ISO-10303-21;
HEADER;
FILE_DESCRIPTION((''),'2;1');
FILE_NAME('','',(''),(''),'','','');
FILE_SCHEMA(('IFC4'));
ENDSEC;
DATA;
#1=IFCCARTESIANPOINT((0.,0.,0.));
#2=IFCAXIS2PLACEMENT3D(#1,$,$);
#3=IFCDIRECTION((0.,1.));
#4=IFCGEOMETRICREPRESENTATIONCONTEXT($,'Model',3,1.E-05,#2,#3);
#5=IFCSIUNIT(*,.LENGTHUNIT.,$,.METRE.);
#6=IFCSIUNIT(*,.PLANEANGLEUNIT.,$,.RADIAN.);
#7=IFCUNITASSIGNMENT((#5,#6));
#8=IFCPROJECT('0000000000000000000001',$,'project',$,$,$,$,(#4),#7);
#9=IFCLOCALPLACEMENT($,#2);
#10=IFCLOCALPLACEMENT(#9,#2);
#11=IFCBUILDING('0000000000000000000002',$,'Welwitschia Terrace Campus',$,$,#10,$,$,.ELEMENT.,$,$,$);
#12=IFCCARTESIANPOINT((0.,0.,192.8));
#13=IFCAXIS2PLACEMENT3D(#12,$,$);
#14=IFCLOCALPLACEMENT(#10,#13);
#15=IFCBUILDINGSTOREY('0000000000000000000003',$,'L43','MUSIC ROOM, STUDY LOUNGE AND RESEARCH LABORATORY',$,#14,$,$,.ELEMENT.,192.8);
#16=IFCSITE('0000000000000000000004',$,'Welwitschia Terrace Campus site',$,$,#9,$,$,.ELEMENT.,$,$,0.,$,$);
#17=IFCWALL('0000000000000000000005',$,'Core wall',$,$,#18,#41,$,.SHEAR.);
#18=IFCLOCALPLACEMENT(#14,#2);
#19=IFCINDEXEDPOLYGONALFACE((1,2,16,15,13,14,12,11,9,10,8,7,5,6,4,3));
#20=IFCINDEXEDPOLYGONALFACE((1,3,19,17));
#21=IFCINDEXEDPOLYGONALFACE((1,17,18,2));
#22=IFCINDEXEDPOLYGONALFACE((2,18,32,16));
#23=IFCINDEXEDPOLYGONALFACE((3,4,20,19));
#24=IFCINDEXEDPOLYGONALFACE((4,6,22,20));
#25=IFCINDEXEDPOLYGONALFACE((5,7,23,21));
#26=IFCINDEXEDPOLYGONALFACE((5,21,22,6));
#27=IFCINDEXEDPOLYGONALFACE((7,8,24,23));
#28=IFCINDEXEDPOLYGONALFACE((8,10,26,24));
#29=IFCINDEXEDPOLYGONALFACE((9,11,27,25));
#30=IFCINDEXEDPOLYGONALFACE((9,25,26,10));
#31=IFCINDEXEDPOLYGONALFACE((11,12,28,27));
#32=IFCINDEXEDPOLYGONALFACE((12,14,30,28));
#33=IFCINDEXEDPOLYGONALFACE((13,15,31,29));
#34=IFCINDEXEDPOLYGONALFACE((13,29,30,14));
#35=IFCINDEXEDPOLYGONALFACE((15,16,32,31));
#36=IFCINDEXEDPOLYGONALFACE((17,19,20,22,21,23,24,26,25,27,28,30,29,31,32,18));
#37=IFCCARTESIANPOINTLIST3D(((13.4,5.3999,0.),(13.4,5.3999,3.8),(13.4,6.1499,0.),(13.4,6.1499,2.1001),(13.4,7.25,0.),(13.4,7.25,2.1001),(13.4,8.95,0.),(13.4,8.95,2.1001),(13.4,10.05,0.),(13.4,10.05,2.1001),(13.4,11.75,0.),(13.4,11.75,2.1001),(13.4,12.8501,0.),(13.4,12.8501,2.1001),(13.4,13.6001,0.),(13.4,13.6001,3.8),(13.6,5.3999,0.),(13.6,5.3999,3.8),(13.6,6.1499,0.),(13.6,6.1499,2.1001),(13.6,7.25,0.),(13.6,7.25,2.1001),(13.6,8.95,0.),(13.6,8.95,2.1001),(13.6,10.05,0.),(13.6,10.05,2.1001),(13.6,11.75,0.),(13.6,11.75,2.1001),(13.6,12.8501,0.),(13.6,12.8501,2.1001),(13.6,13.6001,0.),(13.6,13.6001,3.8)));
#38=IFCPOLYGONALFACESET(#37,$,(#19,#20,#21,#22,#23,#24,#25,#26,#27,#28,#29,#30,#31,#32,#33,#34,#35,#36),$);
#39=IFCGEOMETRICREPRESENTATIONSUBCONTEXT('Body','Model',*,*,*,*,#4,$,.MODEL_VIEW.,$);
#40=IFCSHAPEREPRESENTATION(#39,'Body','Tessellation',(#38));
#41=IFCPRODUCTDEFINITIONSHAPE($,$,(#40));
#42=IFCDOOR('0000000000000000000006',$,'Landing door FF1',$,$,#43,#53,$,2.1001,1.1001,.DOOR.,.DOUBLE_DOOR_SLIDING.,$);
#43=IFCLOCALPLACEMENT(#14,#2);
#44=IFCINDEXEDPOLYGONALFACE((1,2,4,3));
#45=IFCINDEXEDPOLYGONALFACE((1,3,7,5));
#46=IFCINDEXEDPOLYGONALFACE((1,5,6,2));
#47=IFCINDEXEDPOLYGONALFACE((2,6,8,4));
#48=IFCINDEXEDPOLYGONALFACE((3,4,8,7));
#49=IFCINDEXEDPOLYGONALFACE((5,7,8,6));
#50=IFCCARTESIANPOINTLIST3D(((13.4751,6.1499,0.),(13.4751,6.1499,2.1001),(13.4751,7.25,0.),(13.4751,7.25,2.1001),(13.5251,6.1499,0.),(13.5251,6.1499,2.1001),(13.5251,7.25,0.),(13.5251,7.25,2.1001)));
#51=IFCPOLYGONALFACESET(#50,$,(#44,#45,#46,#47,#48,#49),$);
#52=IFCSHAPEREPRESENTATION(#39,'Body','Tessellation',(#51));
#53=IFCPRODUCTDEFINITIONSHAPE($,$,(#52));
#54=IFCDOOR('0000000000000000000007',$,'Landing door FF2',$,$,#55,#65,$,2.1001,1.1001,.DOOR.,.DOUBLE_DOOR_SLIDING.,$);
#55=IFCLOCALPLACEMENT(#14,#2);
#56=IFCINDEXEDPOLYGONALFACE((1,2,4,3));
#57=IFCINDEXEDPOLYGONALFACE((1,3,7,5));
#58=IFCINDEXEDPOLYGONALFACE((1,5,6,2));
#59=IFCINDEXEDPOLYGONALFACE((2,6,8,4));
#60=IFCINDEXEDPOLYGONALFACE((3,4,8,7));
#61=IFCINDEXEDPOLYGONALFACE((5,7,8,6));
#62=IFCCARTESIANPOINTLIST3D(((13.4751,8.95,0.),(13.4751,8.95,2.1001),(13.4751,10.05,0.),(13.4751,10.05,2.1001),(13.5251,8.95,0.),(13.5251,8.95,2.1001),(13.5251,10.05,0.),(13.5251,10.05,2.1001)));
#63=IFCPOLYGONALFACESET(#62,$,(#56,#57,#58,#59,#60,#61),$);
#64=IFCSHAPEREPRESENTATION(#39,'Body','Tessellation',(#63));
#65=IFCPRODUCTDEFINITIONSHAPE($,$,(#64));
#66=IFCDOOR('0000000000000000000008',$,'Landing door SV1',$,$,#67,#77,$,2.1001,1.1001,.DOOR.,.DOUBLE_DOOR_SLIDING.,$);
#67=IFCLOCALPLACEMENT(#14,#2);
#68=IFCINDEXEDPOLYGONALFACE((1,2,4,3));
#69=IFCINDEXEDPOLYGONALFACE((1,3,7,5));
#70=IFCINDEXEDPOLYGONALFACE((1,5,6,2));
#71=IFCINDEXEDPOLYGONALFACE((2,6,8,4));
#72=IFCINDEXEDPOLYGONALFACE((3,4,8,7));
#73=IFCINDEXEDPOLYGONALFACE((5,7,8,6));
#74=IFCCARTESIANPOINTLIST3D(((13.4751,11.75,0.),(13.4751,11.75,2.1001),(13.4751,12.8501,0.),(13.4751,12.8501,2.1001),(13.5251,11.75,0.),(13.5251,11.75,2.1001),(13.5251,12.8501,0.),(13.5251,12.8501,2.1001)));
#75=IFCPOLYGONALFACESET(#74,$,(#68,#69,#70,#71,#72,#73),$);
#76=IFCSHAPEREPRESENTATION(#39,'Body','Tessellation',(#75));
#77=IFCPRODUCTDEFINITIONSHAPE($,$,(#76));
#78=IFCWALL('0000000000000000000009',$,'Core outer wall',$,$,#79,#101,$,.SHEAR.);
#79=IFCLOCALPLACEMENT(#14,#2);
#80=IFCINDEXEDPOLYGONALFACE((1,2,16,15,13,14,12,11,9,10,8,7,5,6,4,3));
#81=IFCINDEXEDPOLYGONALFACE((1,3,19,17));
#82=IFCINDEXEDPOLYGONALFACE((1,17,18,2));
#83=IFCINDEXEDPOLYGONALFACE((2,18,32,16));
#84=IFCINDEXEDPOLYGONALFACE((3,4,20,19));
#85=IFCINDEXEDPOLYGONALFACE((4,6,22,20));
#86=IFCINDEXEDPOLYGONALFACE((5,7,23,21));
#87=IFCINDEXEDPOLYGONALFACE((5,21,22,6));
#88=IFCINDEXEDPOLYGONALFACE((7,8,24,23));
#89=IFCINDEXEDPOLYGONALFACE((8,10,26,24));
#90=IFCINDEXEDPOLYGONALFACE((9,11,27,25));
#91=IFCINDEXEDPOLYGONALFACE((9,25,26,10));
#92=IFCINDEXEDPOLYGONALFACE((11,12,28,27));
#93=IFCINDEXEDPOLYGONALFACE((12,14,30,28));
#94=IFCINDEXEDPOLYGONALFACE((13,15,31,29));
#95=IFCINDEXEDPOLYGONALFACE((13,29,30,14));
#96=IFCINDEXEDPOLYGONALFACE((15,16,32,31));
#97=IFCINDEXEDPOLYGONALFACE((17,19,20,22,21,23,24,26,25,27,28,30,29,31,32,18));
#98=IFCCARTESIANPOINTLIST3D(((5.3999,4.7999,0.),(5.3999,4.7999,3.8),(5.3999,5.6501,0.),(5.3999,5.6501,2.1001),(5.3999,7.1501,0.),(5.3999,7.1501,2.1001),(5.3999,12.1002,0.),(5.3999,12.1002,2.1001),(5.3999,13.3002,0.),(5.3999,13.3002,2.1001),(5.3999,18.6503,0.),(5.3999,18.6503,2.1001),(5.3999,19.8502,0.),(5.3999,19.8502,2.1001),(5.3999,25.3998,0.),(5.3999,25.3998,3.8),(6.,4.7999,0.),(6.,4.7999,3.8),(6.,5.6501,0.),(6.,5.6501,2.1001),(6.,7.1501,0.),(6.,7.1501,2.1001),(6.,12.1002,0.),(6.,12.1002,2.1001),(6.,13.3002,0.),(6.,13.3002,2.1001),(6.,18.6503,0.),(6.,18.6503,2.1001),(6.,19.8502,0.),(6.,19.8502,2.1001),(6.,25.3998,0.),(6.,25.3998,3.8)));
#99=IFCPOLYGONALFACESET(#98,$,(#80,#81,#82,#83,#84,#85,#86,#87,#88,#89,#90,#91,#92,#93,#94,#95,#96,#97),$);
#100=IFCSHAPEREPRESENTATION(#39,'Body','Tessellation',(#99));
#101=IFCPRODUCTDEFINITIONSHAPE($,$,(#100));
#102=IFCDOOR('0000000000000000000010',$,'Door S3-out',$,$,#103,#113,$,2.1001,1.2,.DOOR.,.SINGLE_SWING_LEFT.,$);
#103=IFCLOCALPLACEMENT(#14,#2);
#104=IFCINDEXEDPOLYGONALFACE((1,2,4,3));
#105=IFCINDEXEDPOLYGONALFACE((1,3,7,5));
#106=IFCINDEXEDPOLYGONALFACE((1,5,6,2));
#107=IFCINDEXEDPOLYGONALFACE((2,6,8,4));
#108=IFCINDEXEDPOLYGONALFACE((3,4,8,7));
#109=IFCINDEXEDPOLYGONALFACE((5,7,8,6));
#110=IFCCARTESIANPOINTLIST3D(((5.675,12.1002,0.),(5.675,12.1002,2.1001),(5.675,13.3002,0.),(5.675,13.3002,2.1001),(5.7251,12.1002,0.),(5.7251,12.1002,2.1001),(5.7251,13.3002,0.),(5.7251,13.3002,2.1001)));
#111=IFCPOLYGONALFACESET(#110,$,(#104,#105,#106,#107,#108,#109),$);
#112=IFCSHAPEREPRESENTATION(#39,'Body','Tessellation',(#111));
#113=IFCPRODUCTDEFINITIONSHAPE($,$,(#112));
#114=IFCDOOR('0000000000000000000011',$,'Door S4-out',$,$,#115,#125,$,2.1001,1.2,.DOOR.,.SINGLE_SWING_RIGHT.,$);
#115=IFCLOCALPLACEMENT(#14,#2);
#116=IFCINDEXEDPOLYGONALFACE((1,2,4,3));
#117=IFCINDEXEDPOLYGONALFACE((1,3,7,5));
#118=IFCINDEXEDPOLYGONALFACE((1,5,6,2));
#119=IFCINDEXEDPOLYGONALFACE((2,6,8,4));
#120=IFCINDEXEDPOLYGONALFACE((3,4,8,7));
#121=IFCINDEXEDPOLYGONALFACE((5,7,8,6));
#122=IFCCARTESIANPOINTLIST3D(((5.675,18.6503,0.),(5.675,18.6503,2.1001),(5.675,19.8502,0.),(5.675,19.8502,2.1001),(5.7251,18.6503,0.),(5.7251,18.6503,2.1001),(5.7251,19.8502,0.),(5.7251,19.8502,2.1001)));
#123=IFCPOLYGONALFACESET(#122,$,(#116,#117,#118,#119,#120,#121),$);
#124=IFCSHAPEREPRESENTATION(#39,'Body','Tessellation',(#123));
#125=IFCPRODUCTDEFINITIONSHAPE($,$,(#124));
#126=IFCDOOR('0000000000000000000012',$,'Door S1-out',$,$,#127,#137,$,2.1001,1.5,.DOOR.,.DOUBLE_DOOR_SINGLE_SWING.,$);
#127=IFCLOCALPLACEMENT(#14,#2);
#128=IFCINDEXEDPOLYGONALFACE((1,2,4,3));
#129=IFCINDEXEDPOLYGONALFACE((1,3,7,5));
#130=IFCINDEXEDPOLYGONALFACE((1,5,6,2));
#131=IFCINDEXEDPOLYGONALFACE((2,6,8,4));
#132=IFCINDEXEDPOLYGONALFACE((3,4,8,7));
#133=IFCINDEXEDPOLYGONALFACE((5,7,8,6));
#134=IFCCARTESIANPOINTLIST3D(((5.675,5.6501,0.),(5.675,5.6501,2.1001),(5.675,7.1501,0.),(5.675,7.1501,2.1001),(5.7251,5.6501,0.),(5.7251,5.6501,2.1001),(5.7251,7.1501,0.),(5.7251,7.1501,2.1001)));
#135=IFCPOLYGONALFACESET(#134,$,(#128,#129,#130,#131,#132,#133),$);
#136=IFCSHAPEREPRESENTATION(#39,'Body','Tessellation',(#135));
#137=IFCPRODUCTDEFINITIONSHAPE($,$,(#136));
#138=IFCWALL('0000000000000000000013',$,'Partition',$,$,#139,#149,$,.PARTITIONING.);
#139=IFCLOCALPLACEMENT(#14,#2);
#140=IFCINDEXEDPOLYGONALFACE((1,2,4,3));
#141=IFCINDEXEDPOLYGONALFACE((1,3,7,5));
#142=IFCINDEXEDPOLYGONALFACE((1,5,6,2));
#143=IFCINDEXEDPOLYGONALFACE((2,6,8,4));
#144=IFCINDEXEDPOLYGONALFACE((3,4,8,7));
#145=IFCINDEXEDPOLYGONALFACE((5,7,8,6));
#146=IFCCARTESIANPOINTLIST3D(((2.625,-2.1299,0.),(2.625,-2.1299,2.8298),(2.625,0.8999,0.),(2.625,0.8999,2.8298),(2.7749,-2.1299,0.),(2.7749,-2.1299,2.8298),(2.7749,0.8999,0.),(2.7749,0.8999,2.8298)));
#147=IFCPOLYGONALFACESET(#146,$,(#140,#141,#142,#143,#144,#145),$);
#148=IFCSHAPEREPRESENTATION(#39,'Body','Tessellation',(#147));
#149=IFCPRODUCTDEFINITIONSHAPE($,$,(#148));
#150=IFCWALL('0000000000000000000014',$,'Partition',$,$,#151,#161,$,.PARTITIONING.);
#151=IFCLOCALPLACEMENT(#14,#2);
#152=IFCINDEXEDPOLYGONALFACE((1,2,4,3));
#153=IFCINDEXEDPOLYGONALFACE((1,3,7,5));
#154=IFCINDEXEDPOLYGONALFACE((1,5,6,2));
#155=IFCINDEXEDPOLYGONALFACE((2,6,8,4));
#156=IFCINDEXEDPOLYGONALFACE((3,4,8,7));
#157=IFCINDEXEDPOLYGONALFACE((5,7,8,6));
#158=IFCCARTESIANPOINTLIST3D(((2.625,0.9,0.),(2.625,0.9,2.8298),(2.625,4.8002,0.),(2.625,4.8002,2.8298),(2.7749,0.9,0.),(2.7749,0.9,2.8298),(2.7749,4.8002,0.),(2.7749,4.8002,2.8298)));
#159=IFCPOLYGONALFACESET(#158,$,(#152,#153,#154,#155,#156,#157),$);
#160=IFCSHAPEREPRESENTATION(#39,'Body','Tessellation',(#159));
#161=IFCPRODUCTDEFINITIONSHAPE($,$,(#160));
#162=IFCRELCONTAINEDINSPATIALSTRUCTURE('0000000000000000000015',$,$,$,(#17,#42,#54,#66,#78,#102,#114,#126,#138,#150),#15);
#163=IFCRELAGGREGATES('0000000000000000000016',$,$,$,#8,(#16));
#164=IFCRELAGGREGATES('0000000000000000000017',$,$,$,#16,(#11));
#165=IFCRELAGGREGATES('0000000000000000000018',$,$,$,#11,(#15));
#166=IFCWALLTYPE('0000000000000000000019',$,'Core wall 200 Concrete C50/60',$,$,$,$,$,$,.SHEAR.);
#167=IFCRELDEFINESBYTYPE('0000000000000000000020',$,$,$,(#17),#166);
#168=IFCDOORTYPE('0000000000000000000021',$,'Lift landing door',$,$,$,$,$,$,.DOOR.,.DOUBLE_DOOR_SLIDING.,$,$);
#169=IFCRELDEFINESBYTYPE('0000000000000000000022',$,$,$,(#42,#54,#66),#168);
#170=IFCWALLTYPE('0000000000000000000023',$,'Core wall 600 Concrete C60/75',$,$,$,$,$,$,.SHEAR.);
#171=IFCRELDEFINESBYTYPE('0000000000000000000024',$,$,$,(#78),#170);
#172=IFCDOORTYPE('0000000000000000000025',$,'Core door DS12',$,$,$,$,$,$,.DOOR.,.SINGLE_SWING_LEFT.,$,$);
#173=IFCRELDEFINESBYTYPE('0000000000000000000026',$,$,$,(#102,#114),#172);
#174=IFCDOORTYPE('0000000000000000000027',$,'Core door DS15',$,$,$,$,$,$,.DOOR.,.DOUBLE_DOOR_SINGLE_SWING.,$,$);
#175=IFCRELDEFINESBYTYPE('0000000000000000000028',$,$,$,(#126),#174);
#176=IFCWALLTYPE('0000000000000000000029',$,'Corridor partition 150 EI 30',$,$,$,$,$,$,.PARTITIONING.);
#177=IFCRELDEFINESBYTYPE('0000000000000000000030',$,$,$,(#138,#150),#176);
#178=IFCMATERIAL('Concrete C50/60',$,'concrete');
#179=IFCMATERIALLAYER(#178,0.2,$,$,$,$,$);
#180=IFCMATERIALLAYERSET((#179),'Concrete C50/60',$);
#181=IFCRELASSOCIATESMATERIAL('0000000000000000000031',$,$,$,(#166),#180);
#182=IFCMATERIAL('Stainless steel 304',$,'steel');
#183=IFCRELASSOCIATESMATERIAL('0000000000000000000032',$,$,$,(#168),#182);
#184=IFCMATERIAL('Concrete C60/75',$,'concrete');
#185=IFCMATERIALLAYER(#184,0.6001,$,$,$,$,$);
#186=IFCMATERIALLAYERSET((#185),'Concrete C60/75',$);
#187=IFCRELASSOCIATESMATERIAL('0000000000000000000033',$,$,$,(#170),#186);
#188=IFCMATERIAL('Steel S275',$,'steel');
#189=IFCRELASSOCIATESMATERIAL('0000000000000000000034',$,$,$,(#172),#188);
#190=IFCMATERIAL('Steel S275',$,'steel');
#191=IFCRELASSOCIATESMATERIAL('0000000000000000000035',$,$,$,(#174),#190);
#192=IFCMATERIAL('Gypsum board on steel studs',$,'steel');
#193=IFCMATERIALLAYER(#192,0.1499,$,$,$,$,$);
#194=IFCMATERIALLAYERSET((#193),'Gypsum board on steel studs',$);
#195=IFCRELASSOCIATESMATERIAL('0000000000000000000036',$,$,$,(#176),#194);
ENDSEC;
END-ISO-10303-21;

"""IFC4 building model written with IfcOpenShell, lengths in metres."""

from ifc_helpers import new_model, si_unit, direction, frame, frame_2d, origin, place, context, subcontext, project, spatial, rectangle, extrude, material, layer, layer_set, type_object, element, fill, save


model = new_model("IFC4")

# Units and contexts
model_context = context("Model", 3, precision=1e-05, world=origin(), true_north=direction((0.0, 1.0)))
body_context = subcontext(model_context, "Body", "Model", "MODEL_VIEW")
ifc_project = project(units=[si_unit("LENGTHUNIT", "METRE"), si_unit("PLANEANGLEUNIT", "RADIAN")], contexts=[model_context])

# Site, building, storey
site_placement = place(None, origin())
site = spatial("IfcSite", under=ifc_project, at=site_placement, Name="Welwitschia Terrace Campus site", CompositionType="ELEMENT", RefElevation=0.0)
building_placement = place(site_placement, origin())
building = spatial("IfcBuilding", under=site, at=building_placement, Name="Welwitschia Terrace Campus", CompositionType="ELEMENT")
storey_placement = place(building_placement, frame((0.0, 0.0, 192.8)))
storey = spatial("IfcBuildingStorey", under=building, at=storey_placement, Name="L43", Description="MUSIC ROOM, STUDY LOUNGE AND RESEARCH LABORATORY", CompositionType="ELEMENT", Elevation=192.8)

# Walls, openings, doors
ifc_material_1 = material(Name="Concrete C50/60", Category="concrete")
ifc_layer_1 = layer(ifc_material_1, 0.2)
ifc_layer_set_1 = layer_set([ifc_layer_1], Name="Concrete C50/60")
wall_type_1 = type_object("IfcWallType", Name="Core wall 200 Concrete C50/60", PredefinedType="SHEAR", material=ifc_layer_set_1)
wall_1_placement = place(storey_placement, frame((13.5, 5.3999, 0.0), z_axis=(0.0, 0.0, 1.0), x_axis=(0.0, 1.0, 0.0)))
wall_1 = element("IfcWall", 1, at=wall_1_placement, inside=storey, type_object=wall_type_1, Name="Core wall", PredefinedType="SHEAR", context=body_context, shape_type="SweptSolid", body=[
    extrude(rectangle(XDim=8.2002, YDim=0.2, at=frame_2d((4.1001, 0.0))), origin(), (0.0, 0.0, 1.0), 3.8),
])
opening_1_placement = place(wall_1_placement, frame((0.75, 0.0, 0.0)))
opening_1 = element("IfcOpeningElement", 2, at=opening_1_placement, cuts=wall_1, PredefinedType="OPENING", context=body_context, shape_type="SweptSolid", body=[
    extrude(rectangle(XDim=1.1001, YDim=2.1001, at=frame_2d((0.55, 1.05))), frame((0.0, 0.1099, 0.0), z_axis=(0.0, -1.0, 0.0), x_axis=(1.0, 0.0, 0.0)), (0.0, 0.0, 1.0), 0.22),
])
opening_2_placement = place(wall_1_placement, frame((3.55, 0.0, 0.0)))
opening_2 = element("IfcOpeningElement", 3, at=opening_2_placement, cuts=wall_1, PredefinedType="OPENING", context=body_context, shape_type="SweptSolid", body=[
    extrude(rectangle(XDim=1.1001, YDim=2.1001, at=frame_2d((0.55, 1.05))), frame((0.0, 0.1099, 0.0), z_axis=(0.0, -1.0, 0.0), x_axis=(1.0, 0.0, 0.0)), (0.0, 0.0, 1.0), 0.22),
])
opening_3_placement = place(wall_1_placement, frame((6.3501, 0.0, 0.0)))
opening_3 = element("IfcOpeningElement", 4, at=opening_3_placement, cuts=wall_1, PredefinedType="OPENING", context=body_context, shape_type="SweptSolid", body=[
    extrude(rectangle(XDim=1.1001, YDim=2.1001, at=frame_2d((0.55, 1.05))), frame((0.0, 0.1099, 0.0), z_axis=(0.0, -1.0, 0.0), x_axis=(1.0, 0.0, 0.0)), (0.0, 0.0, 1.0), 0.22),
])
ifc_material_2 = material(Name="Stainless steel 304", Category="steel")
door_type_1 = type_object("IfcDoorType", Name="Lift landing door", OperationType="DOUBLE_DOOR_SLIDING", PredefinedType="DOOR", material=ifc_material_2)
door_1_placement = place(opening_1_placement, origin())
door_1 = element("IfcDoor", 5, at=door_1_placement, inside=storey, type_object=door_type_1, Name="Landing door FF1", OperationType="DOUBLE_DOOR_SLIDING", OverallHeight=2.1001, OverallWidth=1.1001, PredefinedType="DOOR", context=body_context, shape_type="SweptSolid", body=[
    extrude(rectangle(XDim=1.1001, YDim=2.1001, at=frame_2d((0.55, 1.05))), frame((0.0, 0.0249, 0.0), z_axis=(0.0, -1.0, 0.0), x_axis=(1.0, 0.0, 0.0)), (0.0, 0.0, 1.0), 0.05),
])
fill(opening_1, door_1)
door_2_placement = place(opening_2_placement, origin())
door_2 = element("IfcDoor", 6, at=door_2_placement, inside=storey, type_object=door_type_1, Name="Landing door FF2", OperationType="DOUBLE_DOOR_SLIDING", OverallHeight=2.1001, OverallWidth=1.1001, PredefinedType="DOOR", context=body_context, shape_type="SweptSolid", body=[
    extrude(rectangle(XDim=1.1001, YDim=2.1001, at=frame_2d((0.55, 1.05))), frame((0.0, 0.0249, 0.0), z_axis=(0.0, -1.0, 0.0), x_axis=(1.0, 0.0, 0.0)), (0.0, 0.0, 1.0), 0.05),
])
fill(opening_2, door_2)
door_3_placement = place(opening_3_placement, origin())
door_3 = element("IfcDoor", 7, at=door_3_placement, inside=storey, type_object=door_type_1, Name="Landing door SV1", OperationType="DOUBLE_DOOR_SLIDING", OverallHeight=2.1001, OverallWidth=1.1001, PredefinedType="DOOR", context=body_context, shape_type="SweptSolid", body=[
    extrude(rectangle(XDim=1.1001, YDim=2.1001, at=frame_2d((0.55, 1.05))), frame((0.0, 0.0249, 0.0), z_axis=(0.0, -1.0, 0.0), x_axis=(1.0, 0.0, 0.0)), (0.0, 0.0, 1.0), 0.05),
])
fill(opening_3, door_3)
ifc_material_3 = material(Name="Concrete C60/75", Category="concrete")
ifc_layer_2 = layer(ifc_material_3, 0.6001)
ifc_layer_set_2 = layer_set([ifc_layer_2], Name="Concrete C60/75")
wall_type_2 = type_object("IfcWallType", Name="Core wall 600 Concrete C60/75", PredefinedType="SHEAR", material=ifc_layer_set_2)
wall_2_placement = place(storey_placement, frame((5.7, 4.8, 0.0), z_axis=(0.0, 0.0, 1.0), x_axis=(0.0, 1.0, 0.0)))
wall_2 = element("IfcWall", 8, at=wall_2_placement, inside=storey, type_object=wall_type_2, Name="Core outer wall", PredefinedType="SHEAR", context=body_context, shape_type="SweptSolid", body=[
    extrude(rectangle(XDim=20.5999, YDim=0.6001, at=frame_2d((10.2998, 0.0))), origin(), (0.0, 0.0, 1.0), 3.8),
])
opening_4_placement = place(wall_2_placement, frame((0.8501, 0.0, 0.0)))
opening_4 = element("IfcOpeningElement", 9, at=opening_4_placement, cuts=wall_2, PredefinedType="OPENING", context=body_context, shape_type="SweptSolid", body=[
    extrude(rectangle(XDim=1.5, YDim=2.1001, at=frame_2d((0.75, 1.05))), frame((0.0, 0.3101, 0.0), z_axis=(0.0, -1.0, 0.0), x_axis=(1.0, 0.0, 0.0)), (0.0, 0.0, 1.0), 0.6201),
])
opening_5_placement = place(wall_2_placement, frame((7.3, 0.0, 0.0)))
opening_5 = element("IfcOpeningElement", 10, at=opening_5_placement, cuts=wall_2, PredefinedType="OPENING", context=body_context, shape_type="SweptSolid", body=[
    extrude(rectangle(XDim=1.2, YDim=2.1001, at=frame_2d((0.6001, 1.05))), frame((0.0, 0.3101, 0.0), z_axis=(0.0, -1.0, 0.0), x_axis=(1.0, 0.0, 0.0)), (0.0, 0.0, 1.0), 0.6201),
])
opening_6_placement = place(wall_2_placement, frame((13.8501, 0.0, 0.0)))
opening_6 = element("IfcOpeningElement", 11, at=opening_6_placement, cuts=wall_2, PredefinedType="OPENING", context=body_context, shape_type="SweptSolid", body=[
    extrude(rectangle(XDim=1.2, YDim=2.1001, at=frame_2d((0.6001, 1.05))), frame((0.0, 0.3101, 0.0), z_axis=(0.0, -1.0, 0.0), x_axis=(1.0, 0.0, 0.0)), (0.0, 0.0, 1.0), 0.6201),
])
ifc_material_4 = material(Name="Steel S275", Category="steel")
door_type_2 = type_object("IfcDoorType", Name="Core door DS12", OperationType="SINGLE_SWING_LEFT", PredefinedType="DOOR", material=ifc_material_4)
door_4_placement = place(opening_5_placement, origin())
door_4 = element("IfcDoor", 12, at=door_4_placement, inside=storey, type_object=door_type_2, Name="Door S3-out", OperationType="SINGLE_SWING_LEFT", OverallHeight=2.1001, OverallWidth=1.2, PredefinedType="DOOR", context=body_context, shape_type="SweptSolid", body=[
    extrude(rectangle(XDim=1.2, YDim=2.1001, at=frame_2d((0.6001, 1.05))), frame((0.0, 0.0249, 0.0), z_axis=(0.0, -1.0, 0.0), x_axis=(1.0, 0.0, 0.0)), (0.0, 0.0, 1.0), 0.05),
])
fill(opening_5, door_4)
door_5_placement = place(opening_6_placement, origin())
door_5 = element("IfcDoor", 13, at=door_5_placement, inside=storey, type_object=door_type_2, Name="Door S4-out", OperationType="SINGLE_SWING_RIGHT", OverallHeight=2.1001, OverallWidth=1.2, PredefinedType="DOOR", context=body_context, shape_type="SweptSolid", body=[
    extrude(rectangle(XDim=1.2, YDim=2.1001, at=frame_2d((0.6001, 1.05))), frame((0.0, 0.0249, 0.0), z_axis=(0.0, -1.0, 0.0), x_axis=(1.0, 0.0, 0.0)), (0.0, 0.0, 1.0), 0.05),
])
fill(opening_6, door_5)
ifc_material_5 = material(Name="Steel S275", Category="steel")
door_type_3 = type_object("IfcDoorType", Name="Core door DS15", OperationType="DOUBLE_DOOR_SINGLE_SWING", PredefinedType="DOOR", material=ifc_material_5)
door_6_placement = place(opening_4_placement, origin())
door_6 = element("IfcDoor", 14, at=door_6_placement, inside=storey, type_object=door_type_3, Name="Door S1-out", OperationType="DOUBLE_DOOR_SINGLE_SWING", OverallHeight=2.1001, OverallWidth=1.5, PredefinedType="DOOR", context=body_context, shape_type="SweptSolid", body=[
    extrude(rectangle(XDim=1.5, YDim=2.1001, at=frame_2d((0.75, 1.05))), frame((0.0, 0.0249, 0.0), z_axis=(0.0, -1.0, 0.0), x_axis=(1.0, 0.0, 0.0)), (0.0, 0.0, 1.0), 0.05),
])
fill(opening_4, door_6)

# Walls
ifc_material_6 = material(Name="Gypsum board on steel studs", Category="steel")
ifc_layer_3 = layer(ifc_material_6, 0.1499)
ifc_layer_set_3 = layer_set([ifc_layer_3], Name="Gypsum board on steel studs")
wall_type_3 = type_object("IfcWallType", Name="Corridor partition 150 EI 30", PredefinedType="PARTITIONING", material=ifc_layer_set_3)
wall_3_placement = place(storey_placement, frame((2.7, -2.1299, 0.0), z_axis=(0.0, 0.0, 1.0), x_axis=(0.0, 1.0, 0.0)))
element("IfcWall", 15, at=wall_3_placement, inside=storey, type_object=wall_type_3, Name="Partition", PredefinedType="PARTITIONING", context=body_context, shape_type="SweptSolid", body=[
    extrude(rectangle(XDim=3.0298, YDim=0.1499, at=frame_2d((1.5149, 0.0))), origin(), (0.0, 0.0, 1.0), 2.8298),
])
wall_4_placement = place(storey_placement, frame((2.7, 0.8999, 0.0), z_axis=(0.0, 0.0, 1.0), x_axis=(0.0, 1.0, 0.0)))
element("IfcWall", 16, at=wall_4_placement, inside=storey, type_object=wall_type_3, Name="Partition", PredefinedType="PARTITIONING", context=body_context, shape_type="SweptSolid", body=[
    extrude(rectangle(XDim=3.9001, YDim=0.1499, at=frame_2d((1.9502, 0.0))), origin(), (0.0, 0.0, 1.0), 2.8298),
])

save(model, "model.ifc")
